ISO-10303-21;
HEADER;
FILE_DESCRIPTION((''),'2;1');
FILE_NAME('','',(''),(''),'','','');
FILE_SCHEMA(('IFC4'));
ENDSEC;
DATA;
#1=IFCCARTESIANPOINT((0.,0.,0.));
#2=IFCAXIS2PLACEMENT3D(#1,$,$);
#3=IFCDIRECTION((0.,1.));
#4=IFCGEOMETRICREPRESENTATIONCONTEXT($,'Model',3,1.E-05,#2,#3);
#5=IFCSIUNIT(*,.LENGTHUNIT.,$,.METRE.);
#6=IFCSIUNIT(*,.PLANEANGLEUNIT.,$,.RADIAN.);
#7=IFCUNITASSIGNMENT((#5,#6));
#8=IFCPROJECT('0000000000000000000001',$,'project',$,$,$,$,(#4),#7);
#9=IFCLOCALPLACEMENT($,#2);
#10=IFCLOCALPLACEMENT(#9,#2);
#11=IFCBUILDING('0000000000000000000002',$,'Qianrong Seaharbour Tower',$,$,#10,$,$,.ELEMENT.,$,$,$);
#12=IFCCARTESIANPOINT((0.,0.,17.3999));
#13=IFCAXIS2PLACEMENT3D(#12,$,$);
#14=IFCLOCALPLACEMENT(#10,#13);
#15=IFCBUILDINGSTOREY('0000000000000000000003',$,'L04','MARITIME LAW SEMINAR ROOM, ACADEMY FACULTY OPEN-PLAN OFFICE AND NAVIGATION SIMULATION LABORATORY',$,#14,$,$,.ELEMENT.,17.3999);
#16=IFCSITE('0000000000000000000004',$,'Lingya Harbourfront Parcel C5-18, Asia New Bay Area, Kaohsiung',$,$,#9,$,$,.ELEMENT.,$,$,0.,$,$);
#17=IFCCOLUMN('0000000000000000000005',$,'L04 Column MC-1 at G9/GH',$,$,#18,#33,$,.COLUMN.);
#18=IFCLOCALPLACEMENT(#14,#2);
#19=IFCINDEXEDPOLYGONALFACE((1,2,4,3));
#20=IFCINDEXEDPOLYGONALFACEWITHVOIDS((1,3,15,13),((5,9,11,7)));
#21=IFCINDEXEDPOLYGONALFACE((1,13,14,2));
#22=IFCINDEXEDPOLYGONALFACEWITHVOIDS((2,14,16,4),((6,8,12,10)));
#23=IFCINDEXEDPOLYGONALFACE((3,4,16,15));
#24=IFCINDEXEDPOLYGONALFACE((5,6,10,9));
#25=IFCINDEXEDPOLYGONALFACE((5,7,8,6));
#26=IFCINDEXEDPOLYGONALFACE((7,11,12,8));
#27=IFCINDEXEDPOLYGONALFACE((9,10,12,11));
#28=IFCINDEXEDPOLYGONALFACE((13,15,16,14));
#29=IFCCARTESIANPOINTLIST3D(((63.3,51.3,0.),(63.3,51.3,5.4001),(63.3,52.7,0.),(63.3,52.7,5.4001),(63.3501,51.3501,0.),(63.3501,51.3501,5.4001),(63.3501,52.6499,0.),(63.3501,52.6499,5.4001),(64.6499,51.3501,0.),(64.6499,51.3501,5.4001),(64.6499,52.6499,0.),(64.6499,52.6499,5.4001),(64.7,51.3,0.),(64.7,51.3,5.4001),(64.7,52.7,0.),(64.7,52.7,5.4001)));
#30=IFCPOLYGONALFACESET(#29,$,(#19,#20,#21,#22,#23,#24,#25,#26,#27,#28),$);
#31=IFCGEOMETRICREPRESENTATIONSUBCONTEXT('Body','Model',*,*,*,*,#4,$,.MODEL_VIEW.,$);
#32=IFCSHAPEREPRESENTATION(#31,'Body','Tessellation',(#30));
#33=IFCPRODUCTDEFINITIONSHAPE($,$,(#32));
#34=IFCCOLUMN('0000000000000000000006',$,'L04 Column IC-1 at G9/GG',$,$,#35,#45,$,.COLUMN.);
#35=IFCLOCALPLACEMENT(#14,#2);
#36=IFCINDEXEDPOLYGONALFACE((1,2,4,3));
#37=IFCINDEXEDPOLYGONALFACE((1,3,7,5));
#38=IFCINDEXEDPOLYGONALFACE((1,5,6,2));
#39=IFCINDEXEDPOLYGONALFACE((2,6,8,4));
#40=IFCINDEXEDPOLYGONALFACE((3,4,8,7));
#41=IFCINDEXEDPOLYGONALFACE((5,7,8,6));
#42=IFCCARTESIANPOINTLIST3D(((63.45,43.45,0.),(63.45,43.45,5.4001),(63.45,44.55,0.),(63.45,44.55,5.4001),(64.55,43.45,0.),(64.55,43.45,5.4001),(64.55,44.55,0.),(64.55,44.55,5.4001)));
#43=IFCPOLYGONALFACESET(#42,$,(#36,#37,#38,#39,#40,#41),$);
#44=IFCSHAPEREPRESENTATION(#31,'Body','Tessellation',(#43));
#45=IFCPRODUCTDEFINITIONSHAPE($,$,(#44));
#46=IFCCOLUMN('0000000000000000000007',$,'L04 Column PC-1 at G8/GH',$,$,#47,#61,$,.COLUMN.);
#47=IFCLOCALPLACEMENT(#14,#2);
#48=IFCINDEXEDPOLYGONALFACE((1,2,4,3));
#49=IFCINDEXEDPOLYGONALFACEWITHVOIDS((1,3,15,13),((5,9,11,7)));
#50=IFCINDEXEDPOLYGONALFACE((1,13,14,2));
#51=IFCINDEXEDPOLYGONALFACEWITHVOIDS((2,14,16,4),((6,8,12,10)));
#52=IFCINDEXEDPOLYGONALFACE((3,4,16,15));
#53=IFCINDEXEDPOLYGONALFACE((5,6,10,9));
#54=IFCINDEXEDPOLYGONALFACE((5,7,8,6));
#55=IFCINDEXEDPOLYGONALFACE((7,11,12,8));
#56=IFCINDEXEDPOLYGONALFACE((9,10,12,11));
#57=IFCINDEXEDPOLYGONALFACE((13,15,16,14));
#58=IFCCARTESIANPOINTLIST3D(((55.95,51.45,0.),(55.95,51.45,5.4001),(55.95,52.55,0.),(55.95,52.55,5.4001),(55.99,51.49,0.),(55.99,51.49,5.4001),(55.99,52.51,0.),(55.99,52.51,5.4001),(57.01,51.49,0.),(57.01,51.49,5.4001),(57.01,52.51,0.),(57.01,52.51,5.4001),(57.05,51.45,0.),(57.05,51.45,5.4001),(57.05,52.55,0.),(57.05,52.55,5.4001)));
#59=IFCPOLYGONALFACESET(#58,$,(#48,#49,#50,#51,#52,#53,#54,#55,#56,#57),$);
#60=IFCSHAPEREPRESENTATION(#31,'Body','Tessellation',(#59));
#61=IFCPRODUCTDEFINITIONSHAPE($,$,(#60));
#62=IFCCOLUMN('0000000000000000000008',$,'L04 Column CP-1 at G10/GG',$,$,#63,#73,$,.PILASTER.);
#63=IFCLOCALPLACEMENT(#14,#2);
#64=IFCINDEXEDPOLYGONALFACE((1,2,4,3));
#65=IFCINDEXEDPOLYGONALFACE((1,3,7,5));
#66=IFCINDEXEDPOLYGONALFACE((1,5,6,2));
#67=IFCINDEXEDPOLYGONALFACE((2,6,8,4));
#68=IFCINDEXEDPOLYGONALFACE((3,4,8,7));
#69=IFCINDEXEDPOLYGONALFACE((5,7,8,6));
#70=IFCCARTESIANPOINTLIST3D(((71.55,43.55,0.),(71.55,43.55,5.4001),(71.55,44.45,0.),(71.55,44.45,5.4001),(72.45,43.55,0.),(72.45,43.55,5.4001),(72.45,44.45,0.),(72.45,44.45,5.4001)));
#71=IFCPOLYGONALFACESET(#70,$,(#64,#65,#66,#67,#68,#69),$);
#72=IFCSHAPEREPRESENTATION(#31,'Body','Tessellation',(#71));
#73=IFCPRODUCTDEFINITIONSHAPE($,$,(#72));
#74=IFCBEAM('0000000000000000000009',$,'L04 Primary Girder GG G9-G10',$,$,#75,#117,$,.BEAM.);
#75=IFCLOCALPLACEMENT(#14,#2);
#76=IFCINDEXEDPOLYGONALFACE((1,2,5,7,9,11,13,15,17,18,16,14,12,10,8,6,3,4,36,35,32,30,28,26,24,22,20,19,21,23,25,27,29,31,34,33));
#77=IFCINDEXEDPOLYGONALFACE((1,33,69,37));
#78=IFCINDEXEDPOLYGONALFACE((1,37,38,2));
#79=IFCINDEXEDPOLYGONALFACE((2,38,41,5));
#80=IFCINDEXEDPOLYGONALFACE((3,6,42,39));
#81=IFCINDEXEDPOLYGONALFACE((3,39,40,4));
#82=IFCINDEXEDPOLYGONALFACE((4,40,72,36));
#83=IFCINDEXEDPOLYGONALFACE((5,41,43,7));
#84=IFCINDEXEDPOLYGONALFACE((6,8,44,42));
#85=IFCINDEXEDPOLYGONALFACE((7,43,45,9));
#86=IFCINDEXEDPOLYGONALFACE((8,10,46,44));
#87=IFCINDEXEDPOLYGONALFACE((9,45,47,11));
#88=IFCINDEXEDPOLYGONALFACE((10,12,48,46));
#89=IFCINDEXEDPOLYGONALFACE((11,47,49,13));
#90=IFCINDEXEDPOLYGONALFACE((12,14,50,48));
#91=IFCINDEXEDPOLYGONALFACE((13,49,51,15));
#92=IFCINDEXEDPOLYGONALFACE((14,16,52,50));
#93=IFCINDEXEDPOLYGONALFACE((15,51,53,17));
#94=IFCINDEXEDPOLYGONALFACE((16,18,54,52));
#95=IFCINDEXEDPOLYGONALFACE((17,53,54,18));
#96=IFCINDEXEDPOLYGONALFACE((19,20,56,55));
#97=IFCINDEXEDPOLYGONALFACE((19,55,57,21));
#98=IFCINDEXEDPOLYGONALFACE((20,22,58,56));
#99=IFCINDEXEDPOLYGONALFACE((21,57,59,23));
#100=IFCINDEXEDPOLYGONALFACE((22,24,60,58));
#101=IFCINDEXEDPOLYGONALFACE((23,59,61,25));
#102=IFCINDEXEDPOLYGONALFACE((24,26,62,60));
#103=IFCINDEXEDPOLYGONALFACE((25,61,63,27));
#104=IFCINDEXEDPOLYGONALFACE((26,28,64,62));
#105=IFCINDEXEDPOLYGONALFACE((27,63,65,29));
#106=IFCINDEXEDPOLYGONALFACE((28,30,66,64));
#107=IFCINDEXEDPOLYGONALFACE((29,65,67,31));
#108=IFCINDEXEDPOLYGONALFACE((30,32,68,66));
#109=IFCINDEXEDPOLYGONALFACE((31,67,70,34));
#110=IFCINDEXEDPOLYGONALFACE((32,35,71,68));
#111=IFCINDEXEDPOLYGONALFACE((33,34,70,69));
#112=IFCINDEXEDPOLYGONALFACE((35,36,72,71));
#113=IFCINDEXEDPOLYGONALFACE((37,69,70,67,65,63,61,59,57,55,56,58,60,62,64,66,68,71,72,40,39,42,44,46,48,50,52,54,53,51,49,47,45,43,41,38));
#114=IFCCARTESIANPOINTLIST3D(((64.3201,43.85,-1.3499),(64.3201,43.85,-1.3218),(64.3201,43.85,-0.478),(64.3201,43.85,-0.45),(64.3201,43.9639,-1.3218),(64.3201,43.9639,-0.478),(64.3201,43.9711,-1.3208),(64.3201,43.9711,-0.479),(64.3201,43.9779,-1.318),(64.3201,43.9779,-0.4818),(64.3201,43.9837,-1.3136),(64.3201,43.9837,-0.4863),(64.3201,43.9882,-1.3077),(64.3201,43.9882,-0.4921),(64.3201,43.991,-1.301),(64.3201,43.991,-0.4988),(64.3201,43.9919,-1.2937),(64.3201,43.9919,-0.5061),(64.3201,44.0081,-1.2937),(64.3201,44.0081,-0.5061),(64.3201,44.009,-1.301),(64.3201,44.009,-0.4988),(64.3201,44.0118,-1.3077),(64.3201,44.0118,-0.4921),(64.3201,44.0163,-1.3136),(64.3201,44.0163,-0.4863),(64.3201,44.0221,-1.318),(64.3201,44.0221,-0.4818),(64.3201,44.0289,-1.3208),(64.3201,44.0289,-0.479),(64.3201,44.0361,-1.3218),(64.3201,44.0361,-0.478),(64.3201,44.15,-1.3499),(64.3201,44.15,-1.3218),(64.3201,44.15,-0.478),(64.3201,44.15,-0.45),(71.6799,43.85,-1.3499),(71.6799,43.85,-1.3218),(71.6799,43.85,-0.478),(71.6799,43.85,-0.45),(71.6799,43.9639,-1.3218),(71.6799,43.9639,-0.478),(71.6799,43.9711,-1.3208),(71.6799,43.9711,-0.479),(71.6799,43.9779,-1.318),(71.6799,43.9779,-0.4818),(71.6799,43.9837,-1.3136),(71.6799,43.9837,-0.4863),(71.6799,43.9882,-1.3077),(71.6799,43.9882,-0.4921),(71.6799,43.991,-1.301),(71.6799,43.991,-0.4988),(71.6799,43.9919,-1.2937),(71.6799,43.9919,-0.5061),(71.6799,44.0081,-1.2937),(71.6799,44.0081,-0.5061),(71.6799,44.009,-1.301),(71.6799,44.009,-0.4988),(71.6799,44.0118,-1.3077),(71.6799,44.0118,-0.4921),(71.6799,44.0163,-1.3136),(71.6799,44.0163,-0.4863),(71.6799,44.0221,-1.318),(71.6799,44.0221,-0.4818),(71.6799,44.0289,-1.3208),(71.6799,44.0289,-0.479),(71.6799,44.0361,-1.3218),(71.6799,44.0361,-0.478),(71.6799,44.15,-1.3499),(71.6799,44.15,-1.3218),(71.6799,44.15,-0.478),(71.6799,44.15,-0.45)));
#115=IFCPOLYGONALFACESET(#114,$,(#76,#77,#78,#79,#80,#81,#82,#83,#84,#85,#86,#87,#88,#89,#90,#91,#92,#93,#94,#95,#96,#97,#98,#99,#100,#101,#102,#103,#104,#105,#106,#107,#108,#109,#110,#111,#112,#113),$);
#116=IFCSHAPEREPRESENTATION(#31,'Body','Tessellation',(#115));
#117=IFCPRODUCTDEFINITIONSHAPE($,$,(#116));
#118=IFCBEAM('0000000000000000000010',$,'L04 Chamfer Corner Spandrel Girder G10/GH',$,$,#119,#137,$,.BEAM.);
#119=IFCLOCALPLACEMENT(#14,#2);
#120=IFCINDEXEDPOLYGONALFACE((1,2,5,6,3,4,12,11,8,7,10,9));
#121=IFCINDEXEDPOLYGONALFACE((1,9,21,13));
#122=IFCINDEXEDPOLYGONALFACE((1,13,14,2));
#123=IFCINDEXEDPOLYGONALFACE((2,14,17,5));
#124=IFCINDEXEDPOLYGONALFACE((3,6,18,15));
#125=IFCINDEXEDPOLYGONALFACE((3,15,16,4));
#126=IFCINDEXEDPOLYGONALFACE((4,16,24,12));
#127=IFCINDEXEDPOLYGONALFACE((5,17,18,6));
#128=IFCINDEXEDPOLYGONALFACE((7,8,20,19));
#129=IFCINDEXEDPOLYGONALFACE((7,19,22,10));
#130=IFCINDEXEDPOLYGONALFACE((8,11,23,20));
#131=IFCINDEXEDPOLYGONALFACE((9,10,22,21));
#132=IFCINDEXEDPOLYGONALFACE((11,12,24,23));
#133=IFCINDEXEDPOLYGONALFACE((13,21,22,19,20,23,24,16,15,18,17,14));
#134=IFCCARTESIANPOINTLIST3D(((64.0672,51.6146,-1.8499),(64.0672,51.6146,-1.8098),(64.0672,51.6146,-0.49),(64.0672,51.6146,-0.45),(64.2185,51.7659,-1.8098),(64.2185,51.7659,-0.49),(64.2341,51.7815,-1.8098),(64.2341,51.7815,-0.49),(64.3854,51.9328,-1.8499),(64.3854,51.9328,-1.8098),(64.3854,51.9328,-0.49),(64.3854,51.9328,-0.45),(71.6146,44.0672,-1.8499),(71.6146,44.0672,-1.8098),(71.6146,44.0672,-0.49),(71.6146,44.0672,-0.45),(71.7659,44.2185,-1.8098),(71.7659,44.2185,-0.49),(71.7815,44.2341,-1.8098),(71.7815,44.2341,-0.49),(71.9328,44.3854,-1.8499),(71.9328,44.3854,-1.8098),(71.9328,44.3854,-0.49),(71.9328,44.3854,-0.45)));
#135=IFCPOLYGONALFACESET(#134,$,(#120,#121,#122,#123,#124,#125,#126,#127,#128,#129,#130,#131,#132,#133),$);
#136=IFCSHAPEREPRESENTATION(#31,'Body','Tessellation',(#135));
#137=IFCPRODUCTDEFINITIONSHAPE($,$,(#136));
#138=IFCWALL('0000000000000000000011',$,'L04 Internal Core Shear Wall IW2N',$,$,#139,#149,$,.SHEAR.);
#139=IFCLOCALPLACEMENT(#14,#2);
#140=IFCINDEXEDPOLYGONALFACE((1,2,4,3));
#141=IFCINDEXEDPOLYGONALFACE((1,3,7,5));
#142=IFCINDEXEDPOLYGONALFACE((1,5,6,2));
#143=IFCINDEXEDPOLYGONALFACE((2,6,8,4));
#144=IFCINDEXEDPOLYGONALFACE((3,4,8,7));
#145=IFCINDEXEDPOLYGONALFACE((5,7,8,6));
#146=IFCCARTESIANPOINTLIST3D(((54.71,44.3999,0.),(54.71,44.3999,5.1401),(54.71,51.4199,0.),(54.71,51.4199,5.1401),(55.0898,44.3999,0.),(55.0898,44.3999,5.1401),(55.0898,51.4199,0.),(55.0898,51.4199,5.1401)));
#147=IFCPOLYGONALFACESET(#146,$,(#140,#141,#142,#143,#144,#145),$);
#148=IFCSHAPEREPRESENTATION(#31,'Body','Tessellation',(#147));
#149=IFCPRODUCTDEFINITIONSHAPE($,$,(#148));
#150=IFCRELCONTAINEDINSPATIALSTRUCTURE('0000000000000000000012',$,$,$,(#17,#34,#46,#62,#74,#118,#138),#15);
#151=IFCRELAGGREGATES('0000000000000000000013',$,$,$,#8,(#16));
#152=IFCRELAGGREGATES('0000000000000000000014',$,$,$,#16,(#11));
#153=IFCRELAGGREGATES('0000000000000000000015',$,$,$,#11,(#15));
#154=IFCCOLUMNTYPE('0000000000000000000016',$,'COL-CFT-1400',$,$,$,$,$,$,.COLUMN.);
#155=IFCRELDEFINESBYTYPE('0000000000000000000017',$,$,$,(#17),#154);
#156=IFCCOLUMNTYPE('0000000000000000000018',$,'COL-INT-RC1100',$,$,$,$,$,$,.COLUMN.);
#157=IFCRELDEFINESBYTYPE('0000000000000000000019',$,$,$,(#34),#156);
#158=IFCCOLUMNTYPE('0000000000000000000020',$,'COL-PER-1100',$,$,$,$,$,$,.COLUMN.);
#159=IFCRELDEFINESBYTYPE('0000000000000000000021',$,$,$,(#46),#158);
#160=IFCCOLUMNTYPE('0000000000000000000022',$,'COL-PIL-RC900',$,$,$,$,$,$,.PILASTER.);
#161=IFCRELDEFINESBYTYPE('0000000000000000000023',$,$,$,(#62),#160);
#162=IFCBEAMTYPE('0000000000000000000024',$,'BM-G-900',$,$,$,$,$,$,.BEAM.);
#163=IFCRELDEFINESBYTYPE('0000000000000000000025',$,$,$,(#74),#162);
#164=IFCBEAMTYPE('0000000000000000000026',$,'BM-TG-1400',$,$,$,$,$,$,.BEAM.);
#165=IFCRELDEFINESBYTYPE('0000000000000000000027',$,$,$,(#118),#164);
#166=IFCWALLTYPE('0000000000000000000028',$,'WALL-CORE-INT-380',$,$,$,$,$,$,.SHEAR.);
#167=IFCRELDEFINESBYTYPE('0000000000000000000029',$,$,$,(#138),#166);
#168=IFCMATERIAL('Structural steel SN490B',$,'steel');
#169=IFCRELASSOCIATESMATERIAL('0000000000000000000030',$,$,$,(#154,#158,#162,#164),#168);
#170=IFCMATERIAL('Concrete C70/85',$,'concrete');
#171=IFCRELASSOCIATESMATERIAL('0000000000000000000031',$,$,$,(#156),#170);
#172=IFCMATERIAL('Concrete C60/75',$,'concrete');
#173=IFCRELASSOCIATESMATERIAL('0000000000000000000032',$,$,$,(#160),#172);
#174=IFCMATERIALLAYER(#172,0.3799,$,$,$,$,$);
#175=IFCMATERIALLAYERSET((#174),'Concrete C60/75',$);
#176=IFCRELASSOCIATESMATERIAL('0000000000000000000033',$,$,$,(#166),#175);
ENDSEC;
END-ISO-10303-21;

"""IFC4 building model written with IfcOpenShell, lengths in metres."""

from ifc_helpers import new_model, si_unit, direction, frame, frame_2d, origin, origin_2d, place, context, subcontext, project, spatial, rectangle, hollow_rectangle, i_section, extrude, material, layer, layer_set, material_profile, profile_set, type_object, element, save


model = new_model("IFC4")

# Units and contexts
model_context = context("Model", 3, precision=1e-05, world=origin(), true_north=direction((0.0, 1.0)))
body_context = subcontext(model_context, "Body", "Model", "MODEL_VIEW")
ifc_project = project(units=[si_unit("LENGTHUNIT", "METRE"), si_unit("PLANEANGLEUNIT", "RADIAN")], contexts=[model_context])

# Site, building, storey
site_placement = place(None, origin())
site = spatial("IfcSite", under=ifc_project, at=site_placement, Name="Lingya Harbourfront Parcel C5-18, Asia New Bay Area, Kaohsiung", CompositionType="ELEMENT", RefElevation=0.0)
building_placement = place(site_placement, origin())
building = spatial("IfcBuilding", under=site, at=building_placement, Name="Qianrong Seaharbour Tower", CompositionType="ELEMENT")
storey_placement = place(building_placement, frame((0.0, 0.0, 17.3999)))
storey = spatial("IfcBuildingStorey", under=building, at=storey_placement, Name="L04", Description="MARITIME LAW SEMINAR ROOM, ACADEMY FACULTY OPEN-PLAN OFFICE AND NAVIGATION SIMULATION LABORATORY", CompositionType="ELEMENT", Elevation=17.3999)

# Columns
ifc_material_1 = material(Name="Structural steel SN490B", Category="steel")
ifc_material_profile_1 = material_profile(ifc_material_1, hollow_rectangle(XDim=1.3999, YDim=1.3999, WallThickness=0.05, at=origin_2d()), Name="BOX1400x1400x50")
ifc_profile_set_1 = profile_set([ifc_material_profile_1], Name="Structural steel SN490B")
column_type_1 = type_object("IfcColumnType", Name="COL-CFT-1400", PredefinedType="COLUMN", material=ifc_profile_set_1)
column_1_placement = place(storey_placement, frame((64.0, 52.0, 0.0), z_axis=(0.0, 0.0, 1.0), x_axis=(1.0, 0.0, 0.0)))
element("IfcColumn", 1, at=column_1_placement, inside=storey, type_object=column_type_1, Name="L04 Column MC-1 at G9/GH", PredefinedType="COLUMN", context=body_context, shape_type="SweptSolid", body=[
    extrude(hollow_rectangle(XDim=1.3999, YDim=1.3999, WallThickness=0.05, at=origin_2d()), origin(), (0.0, 0.0, 1.0), 5.4001),
])
ifc_material_2 = material(Name="Concrete C70/85", Category="concrete")
ifc_material_profile_2 = material_profile(ifc_material_2, rectangle(XDim=1.1001, YDim=1.1001, at=origin_2d()), Name="RC1100x1100")
ifc_profile_set_2 = profile_set([ifc_material_profile_2], Name="Concrete C70/85")
column_type_2 = type_object("IfcColumnType", Name="COL-INT-RC1100", PredefinedType="COLUMN", material=ifc_profile_set_2)
column_2_placement = place(storey_placement, frame((64.0, 44.0, 0.0), z_axis=(0.0, 0.0, 1.0), x_axis=(1.0, 0.0, 0.0)))
element("IfcColumn", 2, at=column_2_placement, inside=storey, type_object=column_type_2, Name="L04 Column IC-1 at G9/GG", PredefinedType="COLUMN", context=body_context, shape_type="SweptSolid", body=[
    extrude(rectangle(XDim=1.1001, YDim=1.1001, at=origin_2d()), origin(), (0.0, 0.0, 1.0), 5.4001),
])
ifc_material_profile_3 = material_profile(ifc_material_1, hollow_rectangle(XDim=1.1001, YDim=1.1001, WallThickness=0.04, at=origin_2d()), Name="BOX1100x1100x40")
ifc_profile_set_3 = profile_set([ifc_material_profile_3], Name="Structural steel SN490B")
column_type_3 = type_object("IfcColumnType", Name="COL-PER-1100", PredefinedType="COLUMN", material=ifc_profile_set_3)
column_3_placement = place(storey_placement, frame((56.5, 52.0, 0.0), z_axis=(0.0, 0.0, 1.0), x_axis=(1.0, 0.0, 0.0)))
element("IfcColumn", 3, at=column_3_placement, inside=storey, type_object=column_type_3, Name="L04 Column PC-1 at G8/GH", PredefinedType="COLUMN", context=body_context, shape_type="SweptSolid", body=[
    extrude(hollow_rectangle(XDim=1.1001, YDim=1.1001, WallThickness=0.04, at=origin_2d()), origin(), (0.0, 0.0, 1.0), 5.4001),
])
ifc_material_3 = material(Name="Concrete C60/75", Category="concrete")
ifc_material_profile_4 = material_profile(ifc_material_3, rectangle(XDim=0.8999, YDim=0.8999, at=origin_2d()), Name="RC900x900")
ifc_profile_set_4 = profile_set([ifc_material_profile_4], Name="Concrete C60/75")
column_type_4 = type_object("IfcColumnType", Name="COL-PIL-RC900", PredefinedType="PILASTER", material=ifc_profile_set_4)
column_4_placement = place(storey_placement, frame((72.0, 44.0, 0.0), z_axis=(0.0, 0.0, 1.0), x_axis=(1.0, 0.0, 0.0)))
element("IfcColumn", 4, at=column_4_placement, inside=storey, type_object=column_type_4, Name="L04 Column CP-1 at G10/GG", PredefinedType="PILASTER", context=body_context, shape_type="SweptSolid", body=[
    extrude(rectangle(XDim=0.8999, YDim=0.8999, at=origin_2d()), origin(), (0.0, 0.0, 1.0), 5.4001),
])

# Beams
ifc_material_profile_5 = material_profile(ifc_material_1, i_section(OverallWidth=0.3, OverallDepth=0.8999, WebThickness=0.0161, FlangeThickness=0.0281, FilletRadius=0.0281, at=origin_2d()), Name="H900x300x16x28")
ifc_profile_set_5 = profile_set([ifc_material_profile_5], Name="Structural steel SN490B")
beam_type_1 = type_object("IfcBeamType", Name="BM-G-900", PredefinedType="BEAM", material=ifc_profile_set_5)
beam_1_placement = place(storey_placement, frame((64.3201, 44.0, -0.8999), z_axis=(1.0, 0.0, 0.0), x_axis=(0.0, 1.0, 0.0)))
element("IfcBeam", 5, at=beam_1_placement, inside=storey, type_object=beam_type_1, Name="L04 Primary Girder GG G9-G10", PredefinedType="BEAM", context=body_context, shape_type="SweptSolid", body=[
    extrude(i_section(OverallWidth=0.3, OverallDepth=0.8999, WebThickness=0.0161, FlangeThickness=0.0281, FilletRadius=0.0281, at=origin_2d()), origin(), (0.0, 0.0, 1.0), 7.3599),
])
ifc_material_profile_6 = material_profile(ifc_material_1, i_section(OverallWidth=0.45, OverallDepth=1.3999, WebThickness=0.022, FlangeThickness=0.04, at=origin_2d()), Name="BH1400x450x22x40")
ifc_profile_set_6 = profile_set([ifc_material_profile_6], Name="Structural steel SN490B")
beam_type_2 = type_object("IfcBeamType", Name="BM-TG-1400", PredefinedType="BEAM", material=ifc_profile_set_6)
beam_2_placement = place(storey_placement, frame((64.2263, 51.7737, -1.1499), z_axis=(0.707107, -0.707107, 0.0), x_axis=(0.707107, 0.707107, 0.0)))
element("IfcBeam", 6, at=beam_2_placement, inside=storey, type_object=beam_type_2, Name="L04 Chamfer Corner Spandrel Girder G10/GH", PredefinedType="BEAM", context=body_context, shape_type="SweptSolid", body=[
    extrude(i_section(OverallWidth=0.45, OverallDepth=1.3999, WebThickness=0.022, FlangeThickness=0.04, at=origin_2d()), origin(), (0.0, 0.0, 1.0), 10.6736),
])

# Wall
ifc_layer_1 = layer(ifc_material_3, 0.3799)
ifc_layer_set_1 = layer_set([ifc_layer_1], Name="Concrete C60/75")
wall_type_1 = type_object("IfcWallType", Name="WALL-CORE-INT-380", PredefinedType="SHEAR", material=ifc_layer_set_1)
wall_1_placement = place(storey_placement, frame((54.8999, 44.3999, 0.0), z_axis=(0.0, 0.0, 1.0), x_axis=(0.0, 1.0, 0.0)))
element("IfcWall", 7, at=wall_1_placement, inside=storey, type_object=wall_type_1, Name="L04 Internal Core Shear Wall IW2N", PredefinedType="SHEAR", context=body_context, shape_type="SweptSolid", body=[
    extrude(rectangle(XDim=7.02, YDim=0.3799, at=frame_2d((3.51, 0.0))), origin(), (0.0, 0.0, 1.0), 5.1401),
])

save(model, "model.ifc")
